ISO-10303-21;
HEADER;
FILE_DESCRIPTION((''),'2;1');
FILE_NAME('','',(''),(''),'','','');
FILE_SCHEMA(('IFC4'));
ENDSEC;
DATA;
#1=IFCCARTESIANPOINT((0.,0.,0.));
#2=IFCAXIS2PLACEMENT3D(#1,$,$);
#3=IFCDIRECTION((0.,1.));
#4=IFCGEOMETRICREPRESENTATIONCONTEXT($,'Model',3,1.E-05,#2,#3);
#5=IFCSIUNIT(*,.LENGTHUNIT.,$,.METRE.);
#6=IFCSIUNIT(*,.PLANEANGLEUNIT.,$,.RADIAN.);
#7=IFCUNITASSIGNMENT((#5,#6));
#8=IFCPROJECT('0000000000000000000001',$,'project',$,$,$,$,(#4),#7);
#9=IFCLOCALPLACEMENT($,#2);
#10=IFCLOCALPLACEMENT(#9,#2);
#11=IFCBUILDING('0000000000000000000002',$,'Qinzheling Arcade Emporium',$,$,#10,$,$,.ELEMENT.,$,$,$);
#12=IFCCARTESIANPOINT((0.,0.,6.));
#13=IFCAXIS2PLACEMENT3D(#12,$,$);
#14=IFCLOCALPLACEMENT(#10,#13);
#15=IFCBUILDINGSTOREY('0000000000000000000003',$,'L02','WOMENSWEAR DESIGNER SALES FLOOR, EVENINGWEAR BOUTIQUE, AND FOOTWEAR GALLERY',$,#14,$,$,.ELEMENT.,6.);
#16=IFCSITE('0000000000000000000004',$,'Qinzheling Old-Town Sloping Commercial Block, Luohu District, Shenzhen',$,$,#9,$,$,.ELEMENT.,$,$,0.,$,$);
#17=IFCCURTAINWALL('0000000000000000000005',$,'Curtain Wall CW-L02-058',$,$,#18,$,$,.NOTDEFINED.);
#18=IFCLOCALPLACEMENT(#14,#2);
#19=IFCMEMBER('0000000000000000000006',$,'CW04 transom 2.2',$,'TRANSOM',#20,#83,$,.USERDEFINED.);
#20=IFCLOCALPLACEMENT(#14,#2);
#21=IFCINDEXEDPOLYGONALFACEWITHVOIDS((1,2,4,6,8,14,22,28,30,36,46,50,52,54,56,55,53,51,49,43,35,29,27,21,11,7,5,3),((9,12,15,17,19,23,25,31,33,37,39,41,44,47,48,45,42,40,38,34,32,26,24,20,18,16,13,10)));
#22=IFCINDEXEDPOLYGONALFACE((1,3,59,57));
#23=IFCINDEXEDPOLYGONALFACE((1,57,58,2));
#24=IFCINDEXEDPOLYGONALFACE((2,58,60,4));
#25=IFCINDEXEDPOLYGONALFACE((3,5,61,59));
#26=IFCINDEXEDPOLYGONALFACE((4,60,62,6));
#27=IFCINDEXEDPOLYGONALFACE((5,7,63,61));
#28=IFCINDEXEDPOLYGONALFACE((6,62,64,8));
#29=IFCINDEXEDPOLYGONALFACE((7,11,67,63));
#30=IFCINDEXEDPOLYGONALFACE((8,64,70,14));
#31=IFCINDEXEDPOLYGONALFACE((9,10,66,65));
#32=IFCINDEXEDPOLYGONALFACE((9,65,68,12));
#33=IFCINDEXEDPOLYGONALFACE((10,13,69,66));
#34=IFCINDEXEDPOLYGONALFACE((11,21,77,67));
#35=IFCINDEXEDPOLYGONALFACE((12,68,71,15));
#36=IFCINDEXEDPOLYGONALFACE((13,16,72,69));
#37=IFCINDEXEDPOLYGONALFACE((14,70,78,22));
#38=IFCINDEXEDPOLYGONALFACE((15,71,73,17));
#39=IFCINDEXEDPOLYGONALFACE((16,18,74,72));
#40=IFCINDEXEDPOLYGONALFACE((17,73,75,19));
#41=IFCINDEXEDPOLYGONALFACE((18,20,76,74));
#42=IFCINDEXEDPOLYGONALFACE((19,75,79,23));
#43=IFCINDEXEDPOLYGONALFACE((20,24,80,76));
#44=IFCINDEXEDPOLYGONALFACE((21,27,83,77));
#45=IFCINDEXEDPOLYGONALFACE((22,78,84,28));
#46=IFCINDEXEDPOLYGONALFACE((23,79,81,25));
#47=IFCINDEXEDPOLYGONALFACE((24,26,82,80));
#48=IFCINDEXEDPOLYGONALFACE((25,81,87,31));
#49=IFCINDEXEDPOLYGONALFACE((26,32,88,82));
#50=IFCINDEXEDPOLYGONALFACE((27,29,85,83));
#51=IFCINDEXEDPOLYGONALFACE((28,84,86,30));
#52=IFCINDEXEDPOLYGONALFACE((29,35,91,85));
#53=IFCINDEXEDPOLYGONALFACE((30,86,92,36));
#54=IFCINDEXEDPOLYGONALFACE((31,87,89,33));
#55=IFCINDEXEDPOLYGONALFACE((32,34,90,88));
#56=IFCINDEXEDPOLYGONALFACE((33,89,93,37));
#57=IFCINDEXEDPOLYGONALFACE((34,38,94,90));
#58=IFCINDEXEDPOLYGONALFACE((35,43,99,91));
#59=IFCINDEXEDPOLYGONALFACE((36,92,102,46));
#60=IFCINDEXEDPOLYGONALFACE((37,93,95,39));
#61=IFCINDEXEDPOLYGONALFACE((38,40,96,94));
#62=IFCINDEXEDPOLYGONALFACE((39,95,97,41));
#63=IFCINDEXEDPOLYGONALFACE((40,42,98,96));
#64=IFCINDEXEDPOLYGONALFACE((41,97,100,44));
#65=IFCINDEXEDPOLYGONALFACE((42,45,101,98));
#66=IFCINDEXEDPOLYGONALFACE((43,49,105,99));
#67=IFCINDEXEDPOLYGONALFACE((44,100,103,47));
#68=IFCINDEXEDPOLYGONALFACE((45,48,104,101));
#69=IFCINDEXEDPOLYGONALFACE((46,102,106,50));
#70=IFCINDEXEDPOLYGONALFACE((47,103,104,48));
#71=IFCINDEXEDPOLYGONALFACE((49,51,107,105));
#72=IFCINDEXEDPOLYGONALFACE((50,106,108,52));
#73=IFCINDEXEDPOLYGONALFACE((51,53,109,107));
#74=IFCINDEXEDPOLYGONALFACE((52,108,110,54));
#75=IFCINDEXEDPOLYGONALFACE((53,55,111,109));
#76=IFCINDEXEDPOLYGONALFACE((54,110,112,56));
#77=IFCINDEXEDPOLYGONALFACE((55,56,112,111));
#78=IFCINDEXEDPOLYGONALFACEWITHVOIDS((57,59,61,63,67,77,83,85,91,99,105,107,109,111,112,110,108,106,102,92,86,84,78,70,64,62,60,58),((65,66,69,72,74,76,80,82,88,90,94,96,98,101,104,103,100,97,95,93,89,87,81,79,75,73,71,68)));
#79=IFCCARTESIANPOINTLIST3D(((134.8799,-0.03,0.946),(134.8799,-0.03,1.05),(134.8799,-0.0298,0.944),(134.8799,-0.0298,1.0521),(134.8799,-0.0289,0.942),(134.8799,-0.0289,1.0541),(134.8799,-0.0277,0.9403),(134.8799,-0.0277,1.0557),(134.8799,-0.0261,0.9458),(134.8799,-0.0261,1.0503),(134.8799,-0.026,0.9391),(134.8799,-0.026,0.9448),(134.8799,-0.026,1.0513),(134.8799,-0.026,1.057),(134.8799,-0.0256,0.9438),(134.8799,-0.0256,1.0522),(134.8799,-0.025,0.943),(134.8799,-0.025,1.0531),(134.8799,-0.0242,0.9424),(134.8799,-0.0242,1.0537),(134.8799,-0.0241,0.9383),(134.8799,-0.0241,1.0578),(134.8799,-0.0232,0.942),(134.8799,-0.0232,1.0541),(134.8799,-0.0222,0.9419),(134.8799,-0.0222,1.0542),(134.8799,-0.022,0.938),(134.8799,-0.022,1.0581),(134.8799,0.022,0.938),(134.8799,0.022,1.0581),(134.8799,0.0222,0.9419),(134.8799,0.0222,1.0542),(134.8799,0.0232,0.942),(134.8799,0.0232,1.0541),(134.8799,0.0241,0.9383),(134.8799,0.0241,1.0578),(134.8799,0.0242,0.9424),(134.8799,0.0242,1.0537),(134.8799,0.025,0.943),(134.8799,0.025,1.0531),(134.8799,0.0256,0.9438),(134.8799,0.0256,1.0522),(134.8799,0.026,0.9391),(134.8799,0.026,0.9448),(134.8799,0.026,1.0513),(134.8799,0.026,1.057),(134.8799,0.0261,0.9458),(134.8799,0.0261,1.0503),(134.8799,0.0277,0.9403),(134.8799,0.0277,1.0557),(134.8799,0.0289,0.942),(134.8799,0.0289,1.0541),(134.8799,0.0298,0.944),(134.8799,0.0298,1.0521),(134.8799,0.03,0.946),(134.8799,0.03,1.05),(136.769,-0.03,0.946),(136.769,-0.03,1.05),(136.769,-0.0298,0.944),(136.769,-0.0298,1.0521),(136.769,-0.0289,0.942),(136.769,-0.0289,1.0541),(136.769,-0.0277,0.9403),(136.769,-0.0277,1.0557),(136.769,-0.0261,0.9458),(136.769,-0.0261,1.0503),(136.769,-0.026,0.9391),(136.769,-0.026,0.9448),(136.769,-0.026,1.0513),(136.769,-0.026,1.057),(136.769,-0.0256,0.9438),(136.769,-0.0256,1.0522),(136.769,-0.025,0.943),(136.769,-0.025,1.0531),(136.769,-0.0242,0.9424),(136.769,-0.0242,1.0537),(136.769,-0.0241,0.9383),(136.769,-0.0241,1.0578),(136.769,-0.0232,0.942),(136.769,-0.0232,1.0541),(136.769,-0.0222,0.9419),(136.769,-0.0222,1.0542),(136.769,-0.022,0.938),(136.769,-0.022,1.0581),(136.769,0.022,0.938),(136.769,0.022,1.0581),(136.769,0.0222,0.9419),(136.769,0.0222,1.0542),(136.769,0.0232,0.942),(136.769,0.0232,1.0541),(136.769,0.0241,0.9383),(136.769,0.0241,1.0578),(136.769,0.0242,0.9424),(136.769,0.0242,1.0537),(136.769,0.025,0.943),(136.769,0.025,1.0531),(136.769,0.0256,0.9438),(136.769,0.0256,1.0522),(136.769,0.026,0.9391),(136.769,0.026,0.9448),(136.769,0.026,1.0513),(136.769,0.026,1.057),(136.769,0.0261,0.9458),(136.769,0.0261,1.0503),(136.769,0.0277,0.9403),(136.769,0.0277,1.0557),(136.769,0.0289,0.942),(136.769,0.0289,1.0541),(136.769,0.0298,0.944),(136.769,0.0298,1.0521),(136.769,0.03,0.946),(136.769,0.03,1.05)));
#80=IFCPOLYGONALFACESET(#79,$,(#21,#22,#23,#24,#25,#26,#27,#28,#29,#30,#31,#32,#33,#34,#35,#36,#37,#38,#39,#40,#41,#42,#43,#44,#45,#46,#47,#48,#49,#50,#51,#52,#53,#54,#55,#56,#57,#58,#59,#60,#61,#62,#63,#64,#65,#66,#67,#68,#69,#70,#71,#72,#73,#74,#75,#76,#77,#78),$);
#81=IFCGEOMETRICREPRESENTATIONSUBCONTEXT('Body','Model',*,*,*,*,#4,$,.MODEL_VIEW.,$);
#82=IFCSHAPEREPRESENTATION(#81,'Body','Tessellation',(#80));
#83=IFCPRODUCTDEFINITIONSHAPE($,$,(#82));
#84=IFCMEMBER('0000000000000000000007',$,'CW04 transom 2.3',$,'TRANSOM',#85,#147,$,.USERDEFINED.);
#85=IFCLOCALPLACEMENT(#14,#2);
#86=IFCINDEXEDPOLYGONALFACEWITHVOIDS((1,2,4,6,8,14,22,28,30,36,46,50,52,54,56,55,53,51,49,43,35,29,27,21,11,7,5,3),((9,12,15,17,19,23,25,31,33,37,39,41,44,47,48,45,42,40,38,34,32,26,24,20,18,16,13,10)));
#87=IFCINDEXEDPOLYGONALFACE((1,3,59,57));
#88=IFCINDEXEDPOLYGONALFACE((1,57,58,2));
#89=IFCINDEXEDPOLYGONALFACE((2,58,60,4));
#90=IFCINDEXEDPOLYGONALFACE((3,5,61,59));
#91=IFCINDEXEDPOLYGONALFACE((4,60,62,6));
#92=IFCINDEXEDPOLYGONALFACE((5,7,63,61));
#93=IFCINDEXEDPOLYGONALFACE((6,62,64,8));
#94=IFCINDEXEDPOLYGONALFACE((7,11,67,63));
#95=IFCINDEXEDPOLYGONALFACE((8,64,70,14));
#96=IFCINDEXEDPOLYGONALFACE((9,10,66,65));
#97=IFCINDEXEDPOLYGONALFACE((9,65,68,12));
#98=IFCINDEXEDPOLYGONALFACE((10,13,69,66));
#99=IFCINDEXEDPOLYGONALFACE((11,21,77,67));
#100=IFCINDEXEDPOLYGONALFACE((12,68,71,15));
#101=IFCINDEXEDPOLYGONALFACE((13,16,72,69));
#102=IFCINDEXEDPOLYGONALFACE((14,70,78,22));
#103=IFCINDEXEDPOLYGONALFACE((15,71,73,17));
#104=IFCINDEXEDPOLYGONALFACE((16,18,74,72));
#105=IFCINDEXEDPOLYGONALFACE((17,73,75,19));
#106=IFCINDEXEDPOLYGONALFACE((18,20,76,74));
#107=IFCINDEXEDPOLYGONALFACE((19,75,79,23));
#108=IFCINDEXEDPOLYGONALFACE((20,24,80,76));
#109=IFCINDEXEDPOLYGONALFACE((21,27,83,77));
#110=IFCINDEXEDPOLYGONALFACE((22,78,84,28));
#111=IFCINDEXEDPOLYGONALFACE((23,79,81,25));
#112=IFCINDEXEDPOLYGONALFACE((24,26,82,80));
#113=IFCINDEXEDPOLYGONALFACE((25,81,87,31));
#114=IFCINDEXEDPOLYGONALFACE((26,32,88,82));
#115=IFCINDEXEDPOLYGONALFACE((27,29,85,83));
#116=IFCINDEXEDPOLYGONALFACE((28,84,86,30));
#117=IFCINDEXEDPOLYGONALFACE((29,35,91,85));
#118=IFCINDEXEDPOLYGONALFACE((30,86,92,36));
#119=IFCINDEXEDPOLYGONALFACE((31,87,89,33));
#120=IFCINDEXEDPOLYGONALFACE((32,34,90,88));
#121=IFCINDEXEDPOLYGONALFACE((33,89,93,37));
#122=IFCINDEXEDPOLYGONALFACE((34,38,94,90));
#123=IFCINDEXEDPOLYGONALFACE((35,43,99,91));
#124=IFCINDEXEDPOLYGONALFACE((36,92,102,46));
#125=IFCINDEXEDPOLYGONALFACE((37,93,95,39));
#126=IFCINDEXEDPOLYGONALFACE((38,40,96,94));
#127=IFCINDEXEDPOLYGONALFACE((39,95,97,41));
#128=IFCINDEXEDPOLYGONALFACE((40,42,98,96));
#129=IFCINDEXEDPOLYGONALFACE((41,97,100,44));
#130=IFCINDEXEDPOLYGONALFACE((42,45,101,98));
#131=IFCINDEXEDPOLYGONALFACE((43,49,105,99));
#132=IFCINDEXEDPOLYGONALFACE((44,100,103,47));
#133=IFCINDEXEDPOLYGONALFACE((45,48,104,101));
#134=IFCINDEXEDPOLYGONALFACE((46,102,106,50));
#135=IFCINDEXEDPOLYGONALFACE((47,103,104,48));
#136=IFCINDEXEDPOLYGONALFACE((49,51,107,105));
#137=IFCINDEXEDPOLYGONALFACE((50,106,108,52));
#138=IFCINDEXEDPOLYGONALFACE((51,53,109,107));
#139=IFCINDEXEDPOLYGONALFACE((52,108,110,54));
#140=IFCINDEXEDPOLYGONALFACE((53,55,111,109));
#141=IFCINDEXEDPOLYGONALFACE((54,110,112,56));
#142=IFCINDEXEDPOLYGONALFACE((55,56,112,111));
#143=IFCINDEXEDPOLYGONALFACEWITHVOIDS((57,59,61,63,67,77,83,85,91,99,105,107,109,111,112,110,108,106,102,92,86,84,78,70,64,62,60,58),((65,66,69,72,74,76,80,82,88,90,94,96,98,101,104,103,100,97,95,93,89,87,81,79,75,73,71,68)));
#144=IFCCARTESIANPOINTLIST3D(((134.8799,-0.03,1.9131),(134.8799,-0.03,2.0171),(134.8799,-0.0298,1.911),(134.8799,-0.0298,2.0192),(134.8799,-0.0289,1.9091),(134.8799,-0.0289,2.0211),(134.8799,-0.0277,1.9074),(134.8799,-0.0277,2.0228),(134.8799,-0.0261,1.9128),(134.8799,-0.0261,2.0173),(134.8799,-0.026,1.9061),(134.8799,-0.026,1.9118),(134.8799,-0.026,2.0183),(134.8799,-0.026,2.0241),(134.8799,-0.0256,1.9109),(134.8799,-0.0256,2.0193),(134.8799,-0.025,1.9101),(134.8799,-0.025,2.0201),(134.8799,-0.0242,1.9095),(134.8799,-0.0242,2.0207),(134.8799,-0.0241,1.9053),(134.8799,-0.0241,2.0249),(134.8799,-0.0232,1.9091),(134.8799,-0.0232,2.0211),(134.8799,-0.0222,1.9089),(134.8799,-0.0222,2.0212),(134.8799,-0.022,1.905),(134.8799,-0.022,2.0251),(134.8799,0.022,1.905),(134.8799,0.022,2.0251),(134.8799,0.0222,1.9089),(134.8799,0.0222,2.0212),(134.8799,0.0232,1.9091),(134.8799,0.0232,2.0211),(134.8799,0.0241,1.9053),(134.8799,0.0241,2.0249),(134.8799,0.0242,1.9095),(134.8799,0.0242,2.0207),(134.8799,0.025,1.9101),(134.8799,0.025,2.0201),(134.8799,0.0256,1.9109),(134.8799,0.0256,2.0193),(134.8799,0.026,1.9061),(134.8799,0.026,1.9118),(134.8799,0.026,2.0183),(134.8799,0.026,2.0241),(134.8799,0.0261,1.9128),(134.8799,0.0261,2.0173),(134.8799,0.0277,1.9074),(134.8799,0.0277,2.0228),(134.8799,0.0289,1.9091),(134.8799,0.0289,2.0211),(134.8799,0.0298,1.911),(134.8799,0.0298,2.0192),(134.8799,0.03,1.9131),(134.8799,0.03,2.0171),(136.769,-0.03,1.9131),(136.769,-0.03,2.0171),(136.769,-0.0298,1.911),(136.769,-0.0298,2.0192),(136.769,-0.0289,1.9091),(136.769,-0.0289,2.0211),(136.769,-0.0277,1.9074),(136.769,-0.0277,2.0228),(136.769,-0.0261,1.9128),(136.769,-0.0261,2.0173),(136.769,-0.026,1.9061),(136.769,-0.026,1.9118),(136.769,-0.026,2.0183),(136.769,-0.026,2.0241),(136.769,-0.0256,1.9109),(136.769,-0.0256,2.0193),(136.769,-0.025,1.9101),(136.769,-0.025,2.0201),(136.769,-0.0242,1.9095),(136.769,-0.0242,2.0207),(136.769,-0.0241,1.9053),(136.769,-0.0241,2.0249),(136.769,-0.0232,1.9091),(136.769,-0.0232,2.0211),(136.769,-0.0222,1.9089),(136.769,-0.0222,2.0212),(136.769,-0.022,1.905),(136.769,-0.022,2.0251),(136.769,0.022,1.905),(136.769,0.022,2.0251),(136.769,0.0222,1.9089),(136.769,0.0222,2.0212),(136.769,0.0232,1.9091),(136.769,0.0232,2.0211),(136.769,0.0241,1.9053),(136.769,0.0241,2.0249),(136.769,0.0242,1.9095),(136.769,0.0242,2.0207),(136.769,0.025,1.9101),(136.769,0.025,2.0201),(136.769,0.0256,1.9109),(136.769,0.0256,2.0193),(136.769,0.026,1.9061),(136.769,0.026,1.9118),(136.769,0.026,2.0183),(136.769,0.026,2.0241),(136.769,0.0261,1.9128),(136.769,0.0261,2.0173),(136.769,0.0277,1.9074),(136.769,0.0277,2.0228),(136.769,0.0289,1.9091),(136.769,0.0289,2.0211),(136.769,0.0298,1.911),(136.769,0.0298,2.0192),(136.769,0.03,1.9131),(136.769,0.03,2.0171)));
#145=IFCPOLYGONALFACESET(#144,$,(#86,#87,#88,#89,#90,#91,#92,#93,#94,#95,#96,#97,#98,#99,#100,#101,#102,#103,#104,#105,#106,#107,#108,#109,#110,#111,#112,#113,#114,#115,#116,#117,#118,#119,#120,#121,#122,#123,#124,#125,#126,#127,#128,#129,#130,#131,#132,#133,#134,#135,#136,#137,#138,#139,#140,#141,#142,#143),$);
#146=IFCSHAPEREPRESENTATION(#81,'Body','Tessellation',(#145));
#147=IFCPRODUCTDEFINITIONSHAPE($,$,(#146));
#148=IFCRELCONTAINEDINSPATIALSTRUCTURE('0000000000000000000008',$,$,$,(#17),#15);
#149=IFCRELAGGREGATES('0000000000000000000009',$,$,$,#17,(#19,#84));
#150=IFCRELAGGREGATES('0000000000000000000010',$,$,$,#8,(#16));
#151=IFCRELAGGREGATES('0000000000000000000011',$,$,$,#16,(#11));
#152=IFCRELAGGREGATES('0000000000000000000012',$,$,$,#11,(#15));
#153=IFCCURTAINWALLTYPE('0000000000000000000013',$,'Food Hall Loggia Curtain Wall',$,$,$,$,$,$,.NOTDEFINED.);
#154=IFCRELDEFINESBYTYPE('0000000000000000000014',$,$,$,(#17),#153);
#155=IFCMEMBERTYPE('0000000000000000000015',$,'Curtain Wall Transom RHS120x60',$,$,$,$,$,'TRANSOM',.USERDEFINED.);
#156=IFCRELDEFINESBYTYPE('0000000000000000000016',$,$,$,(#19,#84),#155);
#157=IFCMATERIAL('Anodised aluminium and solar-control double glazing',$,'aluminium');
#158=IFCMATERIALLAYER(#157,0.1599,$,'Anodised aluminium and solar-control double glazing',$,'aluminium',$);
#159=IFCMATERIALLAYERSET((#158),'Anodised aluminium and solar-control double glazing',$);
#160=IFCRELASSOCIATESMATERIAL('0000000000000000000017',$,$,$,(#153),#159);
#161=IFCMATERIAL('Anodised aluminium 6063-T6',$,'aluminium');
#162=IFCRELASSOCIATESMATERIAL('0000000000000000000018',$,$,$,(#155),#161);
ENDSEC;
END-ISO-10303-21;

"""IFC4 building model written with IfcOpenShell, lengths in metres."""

from ifc_helpers import new_model, si_unit, direction, frame, origin, origin_2d, place, context, subcontext, project, spatial, hollow_rectangle, extrude, material, layer, layer_set, material_profile, profile_set, type_object, element, aggregate, save


model = new_model("IFC4")

# Units and contexts
model_context = context("Model", 3, precision=1e-05, world=origin(), true_north=direction((0.0, 1.0)))
body_context = subcontext(model_context, "Body", "Model", "MODEL_VIEW")
ifc_project = project(units=[si_unit("LENGTHUNIT", "METRE"), si_unit("PLANEANGLEUNIT", "RADIAN")], contexts=[model_context])

# Site, building, storey
site_placement = place(None, origin())
site = spatial("IfcSite", under=ifc_project, at=site_placement, Name="Qinzheling Old-Town Sloping Commercial Block, Luohu District, Shenzhen", CompositionType="ELEMENT", RefElevation=0.0)
building_placement = place(site_placement, origin())
building = spatial("IfcBuilding", under=site, at=building_placement, Name="Qinzheling Arcade Emporium", CompositionType="ELEMENT")
storey_placement = place(building_placement, frame((0.0, 0.0, 6.0)))
storey = spatial("IfcBuildingStorey", under=building, at=storey_placement, Name="L02", Description="WOMENSWEAR DESIGNER SALES FLOOR, EVENINGWEAR BOUTIQUE, AND FOOTWEAR GALLERY", CompositionType="ELEMENT", Elevation=6.0)

# Curtain wall, members
ifc_material_1 = material(Name="Anodised aluminium and solar-control double glazing", Category="aluminium")
ifc_layer_1 = layer(ifc_material_1, 0.1599, Name="Anodised aluminium and solar-control double glazing", Category="aluminium")
ifc_layer_set_1 = layer_set([ifc_layer_1], Name="Anodised aluminium and solar-control double glazing")
curtain_wall_type = type_object("IfcCurtainWallType", Name="Food Hall Loggia Curtain Wall", PredefinedType="NOTDEFINED", material=ifc_layer_set_1)
curtain_wall_placement = place(storey_placement, origin())
curtain_wall = element("IfcCurtainWall", 1, at=curtain_wall_placement, inside=storey, type_object=curtain_wall_type, Name="Curtain Wall CW-L02-058", PredefinedType="NOTDEFINED")
ifc_material_2 = material(Name="Anodised aluminium 6063-T6", Category="aluminium")
ifc_material_profile_1 = material_profile(ifc_material_2, hollow_rectangle(XDim=0.0601, YDim=0.1201, WallThickness=0.0039, InnerFilletRadius=0.0039, OuterFilletRadius=0.0081, at=origin_2d()), Name="RHS 120x60x4", Category="aluminium")
ifc_profile_set_1 = profile_set([ifc_material_profile_1], Name="Anodised aluminium 6063-T6")
member_type_1 = type_object("IfcMemberType", Name="Curtain Wall Transom RHS120x60", ElementType="TRANSOM", PredefinedType="USERDEFINED", material=ifc_profile_set_1)
member_1_placement = place(storey_placement, frame((136.769, 0.0, 0.998), z_axis=(-1.0, 0.0, 0.0), x_axis=(0.0, -1.0, 0.0)))
member_1 = element("IfcMember", 2, at=member_1_placement, type_object=member_type_1, Name="CW04 transom 2.2", ObjectType="TRANSOM", PredefinedType="USERDEFINED", context=body_context, shape_type="SweptSolid", body=[
    extrude(hollow_rectangle(XDim=0.0601, YDim=0.1201, WallThickness=0.0039, InnerFilletRadius=0.0039, OuterFilletRadius=0.0081, at=origin_2d()), origin(), (0.0, 0.0, 1.0), 1.8892),
])
member_2_placement = place(storey_placement, frame((136.769, 0.0, 1.9651), z_axis=(-1.0, 0.0, 0.0), x_axis=(0.0, -1.0, 0.0)))
member_2 = element("IfcMember", 3, at=member_2_placement, type_object=member_type_1, Name="CW04 transom 2.3", ObjectType="TRANSOM", PredefinedType="USERDEFINED", context=body_context, shape_type="SweptSolid", body=[
    extrude(hollow_rectangle(XDim=0.0601, YDim=0.1201, WallThickness=0.0039, InnerFilletRadius=0.0039, OuterFilletRadius=0.0081, at=origin_2d()), origin(), (0.0, 0.0, 1.0), 1.8892),
])
aggregate(curtain_wall, [member_1, member_2])

save(model, "model.ifc")
